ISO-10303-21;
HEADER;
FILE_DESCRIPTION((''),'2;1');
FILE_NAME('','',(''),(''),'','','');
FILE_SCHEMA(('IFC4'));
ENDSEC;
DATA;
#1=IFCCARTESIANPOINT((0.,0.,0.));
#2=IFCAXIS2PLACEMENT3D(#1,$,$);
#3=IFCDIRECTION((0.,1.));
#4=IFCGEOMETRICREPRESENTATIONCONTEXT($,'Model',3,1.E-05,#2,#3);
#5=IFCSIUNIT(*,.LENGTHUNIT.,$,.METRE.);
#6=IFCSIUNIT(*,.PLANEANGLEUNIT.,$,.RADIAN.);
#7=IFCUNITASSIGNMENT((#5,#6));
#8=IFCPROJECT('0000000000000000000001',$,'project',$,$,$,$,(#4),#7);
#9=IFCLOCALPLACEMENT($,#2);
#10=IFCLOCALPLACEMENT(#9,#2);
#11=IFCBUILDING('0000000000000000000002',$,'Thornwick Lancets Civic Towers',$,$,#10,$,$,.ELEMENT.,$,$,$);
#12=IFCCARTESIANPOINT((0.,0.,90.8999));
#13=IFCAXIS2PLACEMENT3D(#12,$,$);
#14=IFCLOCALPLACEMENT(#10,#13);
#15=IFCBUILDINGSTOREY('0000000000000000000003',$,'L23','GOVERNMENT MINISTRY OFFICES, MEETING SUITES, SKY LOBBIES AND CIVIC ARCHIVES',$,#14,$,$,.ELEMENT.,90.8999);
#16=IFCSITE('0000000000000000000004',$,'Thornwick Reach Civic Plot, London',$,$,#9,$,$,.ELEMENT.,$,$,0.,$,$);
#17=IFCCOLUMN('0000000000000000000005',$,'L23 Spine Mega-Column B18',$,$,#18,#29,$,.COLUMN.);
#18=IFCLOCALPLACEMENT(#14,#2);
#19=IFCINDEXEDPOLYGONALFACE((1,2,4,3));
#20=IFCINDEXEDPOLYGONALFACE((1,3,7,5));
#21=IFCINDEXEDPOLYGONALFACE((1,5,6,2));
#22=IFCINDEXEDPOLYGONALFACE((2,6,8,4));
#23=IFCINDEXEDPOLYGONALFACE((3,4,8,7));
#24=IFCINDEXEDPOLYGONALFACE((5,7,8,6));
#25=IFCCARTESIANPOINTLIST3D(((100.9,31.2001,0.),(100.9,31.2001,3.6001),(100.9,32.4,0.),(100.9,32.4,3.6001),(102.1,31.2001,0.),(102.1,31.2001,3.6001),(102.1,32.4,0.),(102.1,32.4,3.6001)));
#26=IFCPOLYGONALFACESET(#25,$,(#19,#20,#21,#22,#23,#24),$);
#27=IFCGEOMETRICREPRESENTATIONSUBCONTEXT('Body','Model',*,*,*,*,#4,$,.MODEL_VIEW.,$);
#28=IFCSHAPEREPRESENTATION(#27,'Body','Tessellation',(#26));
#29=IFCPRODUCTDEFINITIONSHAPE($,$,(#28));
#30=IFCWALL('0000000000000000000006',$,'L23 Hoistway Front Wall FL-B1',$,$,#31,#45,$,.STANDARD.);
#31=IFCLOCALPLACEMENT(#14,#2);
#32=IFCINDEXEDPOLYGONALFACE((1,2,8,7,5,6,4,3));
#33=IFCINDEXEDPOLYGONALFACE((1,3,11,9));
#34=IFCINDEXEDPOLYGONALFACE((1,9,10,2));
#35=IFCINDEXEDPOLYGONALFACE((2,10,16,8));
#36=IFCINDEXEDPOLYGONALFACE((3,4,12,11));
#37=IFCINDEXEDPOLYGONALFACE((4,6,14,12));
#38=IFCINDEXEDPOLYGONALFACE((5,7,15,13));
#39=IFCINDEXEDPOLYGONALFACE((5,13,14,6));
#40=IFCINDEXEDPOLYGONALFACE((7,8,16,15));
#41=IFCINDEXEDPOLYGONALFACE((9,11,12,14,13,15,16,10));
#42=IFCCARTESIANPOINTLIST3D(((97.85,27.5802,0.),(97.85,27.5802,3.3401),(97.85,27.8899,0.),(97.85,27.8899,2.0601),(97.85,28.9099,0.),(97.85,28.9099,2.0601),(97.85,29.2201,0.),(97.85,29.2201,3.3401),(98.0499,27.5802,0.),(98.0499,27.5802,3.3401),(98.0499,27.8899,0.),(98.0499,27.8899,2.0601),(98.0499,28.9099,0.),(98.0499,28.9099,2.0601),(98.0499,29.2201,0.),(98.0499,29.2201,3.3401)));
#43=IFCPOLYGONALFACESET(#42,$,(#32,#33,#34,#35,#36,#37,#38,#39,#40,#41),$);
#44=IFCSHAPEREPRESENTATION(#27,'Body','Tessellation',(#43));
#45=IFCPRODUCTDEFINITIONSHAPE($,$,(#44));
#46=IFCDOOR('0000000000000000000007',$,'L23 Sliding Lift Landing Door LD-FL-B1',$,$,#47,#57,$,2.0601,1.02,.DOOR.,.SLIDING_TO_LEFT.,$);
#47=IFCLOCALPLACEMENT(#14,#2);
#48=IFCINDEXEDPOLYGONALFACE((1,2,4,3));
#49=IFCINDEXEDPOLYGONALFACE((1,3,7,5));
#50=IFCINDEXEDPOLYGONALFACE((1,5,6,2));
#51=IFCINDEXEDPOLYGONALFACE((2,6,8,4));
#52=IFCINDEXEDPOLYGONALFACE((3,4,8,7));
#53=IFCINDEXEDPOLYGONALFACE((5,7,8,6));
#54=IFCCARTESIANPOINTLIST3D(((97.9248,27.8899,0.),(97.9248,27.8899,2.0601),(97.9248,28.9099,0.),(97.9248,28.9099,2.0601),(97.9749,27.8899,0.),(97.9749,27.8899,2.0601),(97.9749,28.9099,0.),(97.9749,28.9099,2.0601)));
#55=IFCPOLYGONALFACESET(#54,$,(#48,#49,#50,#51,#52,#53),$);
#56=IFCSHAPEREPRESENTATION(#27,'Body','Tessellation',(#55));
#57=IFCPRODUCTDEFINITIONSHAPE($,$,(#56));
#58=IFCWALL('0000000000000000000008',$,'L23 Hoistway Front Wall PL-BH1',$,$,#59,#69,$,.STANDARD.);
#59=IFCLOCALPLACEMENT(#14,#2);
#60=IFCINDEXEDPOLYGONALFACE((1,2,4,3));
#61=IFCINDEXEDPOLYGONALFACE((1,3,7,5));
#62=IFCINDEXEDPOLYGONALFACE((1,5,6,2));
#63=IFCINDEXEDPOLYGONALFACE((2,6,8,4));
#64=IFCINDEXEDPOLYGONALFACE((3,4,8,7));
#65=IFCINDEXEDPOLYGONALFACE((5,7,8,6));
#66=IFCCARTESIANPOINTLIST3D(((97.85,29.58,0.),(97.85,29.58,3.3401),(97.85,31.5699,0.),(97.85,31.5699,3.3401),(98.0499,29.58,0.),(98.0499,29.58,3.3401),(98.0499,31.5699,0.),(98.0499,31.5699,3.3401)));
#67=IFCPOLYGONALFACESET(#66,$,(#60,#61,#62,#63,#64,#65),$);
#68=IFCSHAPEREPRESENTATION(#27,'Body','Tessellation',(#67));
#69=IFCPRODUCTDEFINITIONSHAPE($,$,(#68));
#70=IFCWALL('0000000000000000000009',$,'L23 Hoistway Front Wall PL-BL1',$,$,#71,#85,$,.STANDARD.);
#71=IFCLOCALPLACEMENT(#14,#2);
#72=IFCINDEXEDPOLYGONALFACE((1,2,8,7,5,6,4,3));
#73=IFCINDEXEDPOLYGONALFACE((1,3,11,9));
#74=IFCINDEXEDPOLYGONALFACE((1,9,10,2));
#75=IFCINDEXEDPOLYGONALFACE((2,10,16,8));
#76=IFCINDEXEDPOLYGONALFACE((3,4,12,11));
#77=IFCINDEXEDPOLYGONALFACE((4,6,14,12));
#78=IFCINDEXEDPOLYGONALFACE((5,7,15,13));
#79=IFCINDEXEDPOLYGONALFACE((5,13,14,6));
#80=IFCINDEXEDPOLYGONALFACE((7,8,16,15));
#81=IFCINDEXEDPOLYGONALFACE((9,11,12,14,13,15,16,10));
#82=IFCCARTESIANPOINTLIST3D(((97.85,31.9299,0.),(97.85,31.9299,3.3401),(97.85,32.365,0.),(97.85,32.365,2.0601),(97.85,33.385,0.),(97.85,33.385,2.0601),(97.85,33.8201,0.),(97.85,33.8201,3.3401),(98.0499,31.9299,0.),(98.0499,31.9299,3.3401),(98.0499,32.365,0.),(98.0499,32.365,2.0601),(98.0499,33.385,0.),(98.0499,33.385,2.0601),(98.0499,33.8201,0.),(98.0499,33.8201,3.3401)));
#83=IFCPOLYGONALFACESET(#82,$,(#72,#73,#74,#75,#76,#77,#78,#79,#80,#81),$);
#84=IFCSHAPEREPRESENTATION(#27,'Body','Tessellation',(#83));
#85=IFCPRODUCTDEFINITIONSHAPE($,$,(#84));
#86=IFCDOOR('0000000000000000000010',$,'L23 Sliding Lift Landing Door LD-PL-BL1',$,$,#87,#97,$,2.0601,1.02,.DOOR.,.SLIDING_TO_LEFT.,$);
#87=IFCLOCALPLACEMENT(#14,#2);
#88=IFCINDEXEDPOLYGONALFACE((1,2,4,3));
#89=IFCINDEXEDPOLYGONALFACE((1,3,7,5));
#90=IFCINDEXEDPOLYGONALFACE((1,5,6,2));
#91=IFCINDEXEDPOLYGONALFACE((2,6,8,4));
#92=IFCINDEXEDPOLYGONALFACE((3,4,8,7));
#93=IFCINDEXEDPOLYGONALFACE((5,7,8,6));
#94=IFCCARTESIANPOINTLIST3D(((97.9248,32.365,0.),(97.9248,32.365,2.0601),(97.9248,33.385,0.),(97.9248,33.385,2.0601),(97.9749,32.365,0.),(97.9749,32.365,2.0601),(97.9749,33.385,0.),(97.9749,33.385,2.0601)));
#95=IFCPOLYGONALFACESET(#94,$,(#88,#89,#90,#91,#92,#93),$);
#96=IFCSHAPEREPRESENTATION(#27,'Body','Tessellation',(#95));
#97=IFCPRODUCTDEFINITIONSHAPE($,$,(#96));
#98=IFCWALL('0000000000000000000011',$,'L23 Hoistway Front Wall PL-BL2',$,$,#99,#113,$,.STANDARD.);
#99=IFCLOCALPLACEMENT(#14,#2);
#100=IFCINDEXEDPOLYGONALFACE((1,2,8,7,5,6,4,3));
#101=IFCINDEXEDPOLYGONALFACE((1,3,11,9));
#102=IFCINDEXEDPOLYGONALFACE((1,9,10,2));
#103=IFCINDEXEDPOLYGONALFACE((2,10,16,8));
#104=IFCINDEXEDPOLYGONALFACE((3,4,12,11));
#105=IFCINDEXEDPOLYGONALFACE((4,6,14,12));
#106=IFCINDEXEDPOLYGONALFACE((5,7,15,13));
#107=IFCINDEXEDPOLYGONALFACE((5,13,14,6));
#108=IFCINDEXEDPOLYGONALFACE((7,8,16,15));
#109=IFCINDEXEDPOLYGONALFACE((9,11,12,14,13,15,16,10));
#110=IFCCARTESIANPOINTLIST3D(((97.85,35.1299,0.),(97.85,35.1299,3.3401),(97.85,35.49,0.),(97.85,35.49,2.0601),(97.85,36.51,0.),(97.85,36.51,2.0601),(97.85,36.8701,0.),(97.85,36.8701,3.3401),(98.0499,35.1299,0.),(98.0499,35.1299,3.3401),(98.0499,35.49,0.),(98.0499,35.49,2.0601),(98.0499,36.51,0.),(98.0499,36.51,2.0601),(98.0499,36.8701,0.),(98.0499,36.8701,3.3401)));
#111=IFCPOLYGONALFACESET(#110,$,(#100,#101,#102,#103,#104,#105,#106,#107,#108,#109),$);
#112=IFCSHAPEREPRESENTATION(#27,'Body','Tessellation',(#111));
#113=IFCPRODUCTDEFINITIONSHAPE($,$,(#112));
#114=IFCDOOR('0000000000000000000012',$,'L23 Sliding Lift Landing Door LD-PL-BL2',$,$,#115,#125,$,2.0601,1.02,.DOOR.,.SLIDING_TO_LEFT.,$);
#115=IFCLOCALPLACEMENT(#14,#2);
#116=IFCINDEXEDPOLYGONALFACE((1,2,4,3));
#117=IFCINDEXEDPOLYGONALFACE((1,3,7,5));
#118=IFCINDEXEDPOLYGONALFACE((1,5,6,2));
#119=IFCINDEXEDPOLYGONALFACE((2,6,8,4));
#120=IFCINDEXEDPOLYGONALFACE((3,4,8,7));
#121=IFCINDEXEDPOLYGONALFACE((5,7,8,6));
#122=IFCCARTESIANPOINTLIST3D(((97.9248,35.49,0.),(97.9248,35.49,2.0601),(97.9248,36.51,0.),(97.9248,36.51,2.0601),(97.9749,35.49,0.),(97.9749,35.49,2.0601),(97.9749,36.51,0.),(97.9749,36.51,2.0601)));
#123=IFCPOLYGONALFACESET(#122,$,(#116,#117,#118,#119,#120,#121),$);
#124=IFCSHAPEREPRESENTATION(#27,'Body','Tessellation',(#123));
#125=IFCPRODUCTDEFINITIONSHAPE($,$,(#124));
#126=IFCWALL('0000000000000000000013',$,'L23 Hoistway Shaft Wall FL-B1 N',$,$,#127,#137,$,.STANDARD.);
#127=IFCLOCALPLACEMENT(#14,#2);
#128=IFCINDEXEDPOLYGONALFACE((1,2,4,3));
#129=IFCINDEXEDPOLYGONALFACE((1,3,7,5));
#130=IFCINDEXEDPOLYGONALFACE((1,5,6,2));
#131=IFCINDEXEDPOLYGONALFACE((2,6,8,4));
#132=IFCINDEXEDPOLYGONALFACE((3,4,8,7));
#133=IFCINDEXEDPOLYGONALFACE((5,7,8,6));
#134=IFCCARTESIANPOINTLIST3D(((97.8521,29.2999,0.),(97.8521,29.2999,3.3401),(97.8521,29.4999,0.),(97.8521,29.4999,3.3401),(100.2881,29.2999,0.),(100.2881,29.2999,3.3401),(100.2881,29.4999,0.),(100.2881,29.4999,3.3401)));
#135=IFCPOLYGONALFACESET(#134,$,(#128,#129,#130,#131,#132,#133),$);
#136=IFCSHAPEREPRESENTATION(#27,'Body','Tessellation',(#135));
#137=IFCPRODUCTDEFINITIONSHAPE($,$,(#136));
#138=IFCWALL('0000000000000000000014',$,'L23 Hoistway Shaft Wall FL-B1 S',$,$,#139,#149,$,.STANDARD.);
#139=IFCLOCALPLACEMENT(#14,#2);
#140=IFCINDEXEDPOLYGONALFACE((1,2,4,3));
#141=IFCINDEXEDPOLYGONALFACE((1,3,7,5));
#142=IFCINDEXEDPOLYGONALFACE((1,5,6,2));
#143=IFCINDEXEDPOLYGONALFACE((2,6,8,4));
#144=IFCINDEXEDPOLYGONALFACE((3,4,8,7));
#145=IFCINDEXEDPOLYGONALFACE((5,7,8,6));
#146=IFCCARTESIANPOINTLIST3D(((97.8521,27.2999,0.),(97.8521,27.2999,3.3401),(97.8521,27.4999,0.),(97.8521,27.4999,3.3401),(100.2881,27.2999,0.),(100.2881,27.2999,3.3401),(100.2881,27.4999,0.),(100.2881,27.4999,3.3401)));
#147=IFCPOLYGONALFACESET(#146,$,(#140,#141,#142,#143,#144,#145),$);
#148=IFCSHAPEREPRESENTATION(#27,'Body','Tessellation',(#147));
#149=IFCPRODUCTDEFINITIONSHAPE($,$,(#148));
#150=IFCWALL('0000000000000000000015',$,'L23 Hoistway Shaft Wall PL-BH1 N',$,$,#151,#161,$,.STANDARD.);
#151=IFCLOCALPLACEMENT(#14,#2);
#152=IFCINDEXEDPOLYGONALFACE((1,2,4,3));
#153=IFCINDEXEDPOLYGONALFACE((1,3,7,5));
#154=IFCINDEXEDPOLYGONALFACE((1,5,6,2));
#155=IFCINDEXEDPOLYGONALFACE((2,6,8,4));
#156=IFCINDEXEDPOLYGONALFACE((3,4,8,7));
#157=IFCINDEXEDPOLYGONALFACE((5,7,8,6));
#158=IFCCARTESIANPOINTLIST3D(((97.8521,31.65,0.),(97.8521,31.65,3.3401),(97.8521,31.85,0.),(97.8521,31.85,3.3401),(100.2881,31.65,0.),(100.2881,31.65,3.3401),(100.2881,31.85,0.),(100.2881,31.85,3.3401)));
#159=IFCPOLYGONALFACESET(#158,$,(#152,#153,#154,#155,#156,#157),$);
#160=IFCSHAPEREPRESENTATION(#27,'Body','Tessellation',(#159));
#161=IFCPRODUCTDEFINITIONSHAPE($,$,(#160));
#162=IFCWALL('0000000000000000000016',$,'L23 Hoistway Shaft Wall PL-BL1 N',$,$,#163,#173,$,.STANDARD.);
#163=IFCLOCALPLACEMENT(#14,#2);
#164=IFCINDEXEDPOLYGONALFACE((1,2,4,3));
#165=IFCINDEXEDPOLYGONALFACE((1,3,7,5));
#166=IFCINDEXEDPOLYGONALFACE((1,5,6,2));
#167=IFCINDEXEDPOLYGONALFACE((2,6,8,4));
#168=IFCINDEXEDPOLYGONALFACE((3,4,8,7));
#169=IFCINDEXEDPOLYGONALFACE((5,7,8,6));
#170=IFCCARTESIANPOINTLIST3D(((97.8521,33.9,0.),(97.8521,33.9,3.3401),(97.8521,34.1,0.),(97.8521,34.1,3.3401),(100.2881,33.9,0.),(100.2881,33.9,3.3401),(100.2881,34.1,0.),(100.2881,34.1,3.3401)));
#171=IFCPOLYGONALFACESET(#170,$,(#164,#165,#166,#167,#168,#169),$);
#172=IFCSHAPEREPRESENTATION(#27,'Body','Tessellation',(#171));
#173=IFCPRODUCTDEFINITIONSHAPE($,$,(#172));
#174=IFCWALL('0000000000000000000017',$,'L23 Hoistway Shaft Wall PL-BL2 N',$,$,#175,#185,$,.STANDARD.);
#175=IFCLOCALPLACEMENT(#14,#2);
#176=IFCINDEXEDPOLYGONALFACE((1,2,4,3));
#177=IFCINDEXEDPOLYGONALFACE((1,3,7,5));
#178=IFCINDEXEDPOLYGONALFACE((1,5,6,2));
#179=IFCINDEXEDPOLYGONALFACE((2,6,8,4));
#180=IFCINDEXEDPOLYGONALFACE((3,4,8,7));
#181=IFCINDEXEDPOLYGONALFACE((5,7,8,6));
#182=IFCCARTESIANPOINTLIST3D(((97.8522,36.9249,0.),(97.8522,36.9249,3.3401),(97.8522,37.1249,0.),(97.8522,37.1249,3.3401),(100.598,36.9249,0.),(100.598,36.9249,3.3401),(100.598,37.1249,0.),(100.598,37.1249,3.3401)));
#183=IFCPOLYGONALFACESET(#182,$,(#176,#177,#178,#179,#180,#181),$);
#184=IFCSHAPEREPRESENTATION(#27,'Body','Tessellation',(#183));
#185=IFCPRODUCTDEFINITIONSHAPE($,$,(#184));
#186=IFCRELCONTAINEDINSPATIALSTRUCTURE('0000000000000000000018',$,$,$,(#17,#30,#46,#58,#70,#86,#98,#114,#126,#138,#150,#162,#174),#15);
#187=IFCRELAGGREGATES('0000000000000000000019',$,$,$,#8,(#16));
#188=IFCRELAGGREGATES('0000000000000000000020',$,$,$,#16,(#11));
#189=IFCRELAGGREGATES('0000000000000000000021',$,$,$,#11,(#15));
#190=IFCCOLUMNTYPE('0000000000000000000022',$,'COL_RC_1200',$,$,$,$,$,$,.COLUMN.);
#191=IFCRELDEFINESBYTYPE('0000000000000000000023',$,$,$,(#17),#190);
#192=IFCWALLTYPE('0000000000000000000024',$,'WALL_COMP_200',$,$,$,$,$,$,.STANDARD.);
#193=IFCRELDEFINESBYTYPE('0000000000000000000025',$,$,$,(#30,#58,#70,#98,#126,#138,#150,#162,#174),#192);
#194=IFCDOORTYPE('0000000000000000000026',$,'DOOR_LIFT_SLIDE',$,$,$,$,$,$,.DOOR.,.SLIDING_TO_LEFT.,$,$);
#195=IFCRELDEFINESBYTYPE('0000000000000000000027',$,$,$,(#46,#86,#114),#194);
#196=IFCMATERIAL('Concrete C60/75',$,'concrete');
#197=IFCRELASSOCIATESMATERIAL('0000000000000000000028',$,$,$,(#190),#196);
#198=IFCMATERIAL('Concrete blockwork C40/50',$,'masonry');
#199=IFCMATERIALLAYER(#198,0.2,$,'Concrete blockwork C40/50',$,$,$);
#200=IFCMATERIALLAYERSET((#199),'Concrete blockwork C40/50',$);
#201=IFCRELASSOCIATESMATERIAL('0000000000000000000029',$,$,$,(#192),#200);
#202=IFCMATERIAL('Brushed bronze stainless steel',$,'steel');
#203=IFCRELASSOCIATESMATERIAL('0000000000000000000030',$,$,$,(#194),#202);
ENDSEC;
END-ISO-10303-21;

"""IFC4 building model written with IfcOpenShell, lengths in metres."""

from ifc_helpers import new_model, si_unit, direction, frame, frame_2d, origin, origin_2d, place, context, subcontext, project, spatial, rectangle, extrude, material, layer, layer_set, material_profile, profile_set, type_object, element, fill, save


model = new_model("IFC4")

# Units and contexts
model_context = context("Model", 3, precision=1e-05, world=origin(), true_north=direction((0.0, 1.0)))
body_context = subcontext(model_context, "Body", "Model", "MODEL_VIEW")
ifc_project = project(units=[si_unit("LENGTHUNIT", "METRE"), si_unit("PLANEANGLEUNIT", "RADIAN")], contexts=[model_context])

# Site, building, storey
site_placement = place(None, origin())
site = spatial("IfcSite", under=ifc_project, at=site_placement, Name="Thornwick Reach Civic Plot, London", CompositionType="ELEMENT", RefElevation=0.0)
building_placement = place(site_placement, origin())
building = spatial("IfcBuilding", under=site, at=building_placement, Name="Thornwick Lancets Civic Towers", CompositionType="ELEMENT")
storey_placement = place(building_placement, frame((0.0, 0.0, 90.8999)))
storey = spatial("IfcBuildingStorey", under=building, at=storey_placement, Name="L23", Description="GOVERNMENT MINISTRY OFFICES, MEETING SUITES, SKY LOBBIES AND CIVIC ARCHIVES", CompositionType="ELEMENT", Elevation=90.8999)

# Column
ifc_material_1 = material(Name="Concrete C60/75", Category="concrete")
ifc_material_profile = material_profile(ifc_material_1, rectangle(XDim=1.2, YDim=1.2, at=origin_2d()), Name="RC 1200x1200")
ifc_profile_set = profile_set([ifc_material_profile], Name="Concrete C60/75")
column_type = type_object("IfcColumnType", Name="COL_RC_1200", PredefinedType="COLUMN", material=ifc_profile_set)
column_placement = place(storey_placement, frame((101.5, 31.8, 0.0), z_axis=(0.0, 0.0, 1.0), x_axis=(1.0, 0.0, 0.0)))
element("IfcColumn", 1, at=column_placement, inside=storey, type_object=column_type, Name="L23 Spine Mega-Column B18", PredefinedType="COLUMN", context=body_context, shape_type="SweptSolid", body=[
    extrude(rectangle(XDim=1.2, YDim=1.2, at=origin_2d()), origin(), (0.0, 0.0, 1.0), 3.6001),
])

# Wall, opening, door
ifc_material_2 = material(Name="Concrete blockwork C40/50", Category="masonry")
ifc_layer_1 = layer(ifc_material_2, 0.2, Name="Concrete blockwork C40/50")
ifc_layer_set_1 = layer_set([ifc_layer_1], Name="Concrete blockwork C40/50")
wall_type_1 = type_object("IfcWallType", Name="WALL_COMP_200", PredefinedType="STANDARD", material=ifc_layer_set_1)
wall_1_placement = place(storey_placement, frame((97.95, 29.22, 0.0), z_axis=(0.0, 0.0, 1.0), x_axis=(0.0, -1.0, 0.0)))
wall_1 = element("IfcWall", 2, at=wall_1_placement, inside=storey, type_object=wall_type_1, Name="L23 Hoistway Front Wall FL-B1", PredefinedType="STANDARD", context=body_context, shape_type="SweptSolid", body=[
    extrude(rectangle(XDim=1.6399, YDim=0.2, at=frame_2d((0.8198, 0.0))), origin(), (0.0, 0.0, 1.0), 3.3401),
])
opening_1_placement = place(wall_1_placement, frame((0.3101, 0.0, 0.0)))
opening_1 = element("IfcOpeningElement", 3, at=opening_1_placement, cuts=wall_1, PredefinedType="OPENING", context=body_context, shape_type="SweptSolid", body=[
    extrude(rectangle(XDim=1.02, YDim=2.0601, at=frame_2d((0.51, 1.03))), frame((0.0, 0.1099, 0.0), z_axis=(0.0, -1.0, 0.0), x_axis=(1.0, 0.0, 0.0)), (0.0, 0.0, 1.0), 0.22),
])
ifc_material_3 = material(Name="Brushed bronze stainless steel", Category="steel")
door_type = type_object("IfcDoorType", Name="DOOR_LIFT_SLIDE", OperationType="SLIDING_TO_LEFT", PredefinedType="DOOR", material=ifc_material_3)
door_1_placement = place(opening_1_placement, origin())
door_1 = element("IfcDoor", 4, at=door_1_placement, inside=storey, type_object=door_type, Name="L23 Sliding Lift Landing Door LD-FL-B1", OperationType="SLIDING_TO_LEFT", OverallHeight=2.0601, OverallWidth=1.02, PredefinedType="DOOR", context=body_context, shape_type="SweptSolid", body=[
    extrude(rectangle(XDim=1.02, YDim=2.0601, at=frame_2d((0.51, 1.03))), frame((0.0, 0.0249, 0.0), z_axis=(0.0, -1.0, 0.0), x_axis=(1.0, 0.0, 0.0)), (0.0, 0.0, 1.0), 0.05),
])
fill(opening_1, door_1)

# Wall
wall_2_placement = place(storey_placement, frame((97.95, 31.5701, 0.0), z_axis=(0.0, 0.0, 1.0), x_axis=(0.0, -1.0, 0.0)))
element("IfcWall", 5, at=wall_2_placement, inside=storey, type_object=wall_type_1, Name="L23 Hoistway Front Wall PL-BH1", PredefinedType="STANDARD", context=body_context, shape_type="SweptSolid", body=[
    extrude(rectangle(XDim=1.99, YDim=0.2, at=frame_2d((0.9951, 0.0))), origin(), (0.0, 0.0, 1.0), 3.3401),
])

# Walls, openings, doors
wall_3_placement = place(storey_placement, frame((97.95, 33.8201, 0.0), z_axis=(0.0, 0.0, 1.0), x_axis=(0.0, -1.0, 0.0)))
wall_3 = element("IfcWall", 6, at=wall_3_placement, inside=storey, type_object=wall_type_1, Name="L23 Hoistway Front Wall PL-BL1", PredefinedType="STANDARD", context=body_context, shape_type="SweptSolid", body=[
    extrude(rectangle(XDim=1.8901, YDim=0.2, at=frame_2d((0.9451, 0.0))), origin(), (0.0, 0.0, 1.0), 3.3401),
])
opening_2_placement = place(wall_3_placement, frame((0.4351, 0.0, 0.0)))
opening_2 = element("IfcOpeningElement", 7, at=opening_2_placement, cuts=wall_3, PredefinedType="OPENING", context=body_context, shape_type="SweptSolid", body=[
    extrude(rectangle(XDim=1.02, YDim=2.0601, at=frame_2d((0.51, 1.03))), frame((0.0, 0.1099, 0.0), z_axis=(0.0, -1.0, 0.0), x_axis=(1.0, 0.0, 0.0)), (0.0, 0.0, 1.0), 0.22),
])
door_2_placement = place(opening_2_placement, origin())
door_2 = element("IfcDoor", 8, at=door_2_placement, inside=storey, type_object=door_type, Name="L23 Sliding Lift Landing Door LD-PL-BL1", OperationType="SLIDING_TO_LEFT", OverallHeight=2.0601, OverallWidth=1.02, PredefinedType="DOOR", context=body_context, shape_type="SweptSolid", body=[
    extrude(rectangle(XDim=1.02, YDim=2.0601, at=frame_2d((0.51, 1.03))), frame((0.0, 0.0249, 0.0), z_axis=(0.0, -1.0, 0.0), x_axis=(1.0, 0.0, 0.0)), (0.0, 0.0, 1.0), 0.05),
])
fill(opening_2, door_2)
wall_4_placement = place(storey_placement, frame((97.95, 36.8701, 0.0), z_axis=(0.0, 0.0, 1.0), x_axis=(0.0, -1.0, 0.0)))
wall_4 = element("IfcWall", 9, at=wall_4_placement, inside=storey, type_object=wall_type_1, Name="L23 Hoistway Front Wall PL-BL2", PredefinedType="STANDARD", context=body_context, shape_type="SweptSolid", body=[
    extrude(rectangle(XDim=1.7402, YDim=0.2, at=frame_2d((0.8701, 0.0))), origin(), (0.0, 0.0, 1.0), 3.3401),
])
opening_3_placement = place(wall_4_placement, frame((0.3601, 0.0, 0.0)))
opening_3 = element("IfcOpeningElement", 10, at=opening_3_placement, cuts=wall_4, PredefinedType="OPENING", context=body_context, shape_type="SweptSolid", body=[
    extrude(rectangle(XDim=1.02, YDim=2.0601, at=frame_2d((0.51, 1.03))), frame((0.0, 0.1099, 0.0), z_axis=(0.0, -1.0, 0.0), x_axis=(1.0, 0.0, 0.0)), (0.0, 0.0, 1.0), 0.22),
])
door_3_placement = place(opening_3_placement, origin())
door_3 = element("IfcDoor", 11, at=door_3_placement, inside=storey, type_object=door_type, Name="L23 Sliding Lift Landing Door LD-PL-BL2", OperationType="SLIDING_TO_LEFT", OverallHeight=2.0601, OverallWidth=1.02, PredefinedType="DOOR", context=body_context, shape_type="SweptSolid", body=[
    extrude(rectangle(XDim=1.02, YDim=2.0601, at=frame_2d((0.51, 1.03))), frame((0.0, 0.0249, 0.0), z_axis=(0.0, -1.0, 0.0), x_axis=(1.0, 0.0, 0.0)), (0.0, 0.0, 1.0), 0.05),
])
fill(opening_3, door_3)

# Walls
for number, where, z_axis, x_axis, name in (
    (12, (97.8521, 29.3999, 0.0), (0.0, 0.0, 1.0), (1.0, 0.0, 0.0), "L23 Hoistway Shaft Wall FL-B1 N"),
    (13, (97.8521, 27.3999, 0.0), (0.0, 0.0, 1.0), (1.0, 0.0, 0.0), "L23 Hoistway Shaft Wall FL-B1 S"),
    (14, (97.8521, 31.75, 0.0), (0.0, 0.0, 1.0), (1.0, 0.0, 0.0), "L23 Hoistway Shaft Wall PL-BH1 N"),
    (15, (97.8521, 34.0, 0.0), (0.0, 0.0, 1.0), (1.0, 0.0, 0.0), "L23 Hoistway Shaft Wall PL-BL1 N"),
):
    element("IfcWall", number, at=place(storey_placement, frame(where, z_axis=z_axis, x_axis=x_axis)), inside=storey, type_object=wall_type_1, Name=name, PredefinedType="STANDARD", context=body_context, shape_type="SweptSolid", body=[
        extrude(rectangle(XDim=2.436, YDim=0.2, at=frame_2d((1.218, 0.0))), origin(), (0.0, 0.0, 1.0), 3.3401),
    ])
for number, where, z_axis, x_axis, name in (
    (16, (97.8521, 37.0249, 0.0), (0.0, 0.0, 1.0), (1.0, 0.0, 0.0), "L23 Hoistway Shaft Wall PL-BL2 N"),
):
    element("IfcWall", number, at=place(storey_placement, frame(where, z_axis=z_axis, x_axis=x_axis)), inside=storey, type_object=wall_type_1, Name=name, PredefinedType="STANDARD", context=body_context, shape_type="SweptSolid", body=[
        extrude(rectangle(XDim=2.7458, YDim=0.2, at=frame_2d((1.373, 0.0))), origin(), (0.0, 0.0, 1.0), 3.3401),
    ])

save(model, "model.ifc")
